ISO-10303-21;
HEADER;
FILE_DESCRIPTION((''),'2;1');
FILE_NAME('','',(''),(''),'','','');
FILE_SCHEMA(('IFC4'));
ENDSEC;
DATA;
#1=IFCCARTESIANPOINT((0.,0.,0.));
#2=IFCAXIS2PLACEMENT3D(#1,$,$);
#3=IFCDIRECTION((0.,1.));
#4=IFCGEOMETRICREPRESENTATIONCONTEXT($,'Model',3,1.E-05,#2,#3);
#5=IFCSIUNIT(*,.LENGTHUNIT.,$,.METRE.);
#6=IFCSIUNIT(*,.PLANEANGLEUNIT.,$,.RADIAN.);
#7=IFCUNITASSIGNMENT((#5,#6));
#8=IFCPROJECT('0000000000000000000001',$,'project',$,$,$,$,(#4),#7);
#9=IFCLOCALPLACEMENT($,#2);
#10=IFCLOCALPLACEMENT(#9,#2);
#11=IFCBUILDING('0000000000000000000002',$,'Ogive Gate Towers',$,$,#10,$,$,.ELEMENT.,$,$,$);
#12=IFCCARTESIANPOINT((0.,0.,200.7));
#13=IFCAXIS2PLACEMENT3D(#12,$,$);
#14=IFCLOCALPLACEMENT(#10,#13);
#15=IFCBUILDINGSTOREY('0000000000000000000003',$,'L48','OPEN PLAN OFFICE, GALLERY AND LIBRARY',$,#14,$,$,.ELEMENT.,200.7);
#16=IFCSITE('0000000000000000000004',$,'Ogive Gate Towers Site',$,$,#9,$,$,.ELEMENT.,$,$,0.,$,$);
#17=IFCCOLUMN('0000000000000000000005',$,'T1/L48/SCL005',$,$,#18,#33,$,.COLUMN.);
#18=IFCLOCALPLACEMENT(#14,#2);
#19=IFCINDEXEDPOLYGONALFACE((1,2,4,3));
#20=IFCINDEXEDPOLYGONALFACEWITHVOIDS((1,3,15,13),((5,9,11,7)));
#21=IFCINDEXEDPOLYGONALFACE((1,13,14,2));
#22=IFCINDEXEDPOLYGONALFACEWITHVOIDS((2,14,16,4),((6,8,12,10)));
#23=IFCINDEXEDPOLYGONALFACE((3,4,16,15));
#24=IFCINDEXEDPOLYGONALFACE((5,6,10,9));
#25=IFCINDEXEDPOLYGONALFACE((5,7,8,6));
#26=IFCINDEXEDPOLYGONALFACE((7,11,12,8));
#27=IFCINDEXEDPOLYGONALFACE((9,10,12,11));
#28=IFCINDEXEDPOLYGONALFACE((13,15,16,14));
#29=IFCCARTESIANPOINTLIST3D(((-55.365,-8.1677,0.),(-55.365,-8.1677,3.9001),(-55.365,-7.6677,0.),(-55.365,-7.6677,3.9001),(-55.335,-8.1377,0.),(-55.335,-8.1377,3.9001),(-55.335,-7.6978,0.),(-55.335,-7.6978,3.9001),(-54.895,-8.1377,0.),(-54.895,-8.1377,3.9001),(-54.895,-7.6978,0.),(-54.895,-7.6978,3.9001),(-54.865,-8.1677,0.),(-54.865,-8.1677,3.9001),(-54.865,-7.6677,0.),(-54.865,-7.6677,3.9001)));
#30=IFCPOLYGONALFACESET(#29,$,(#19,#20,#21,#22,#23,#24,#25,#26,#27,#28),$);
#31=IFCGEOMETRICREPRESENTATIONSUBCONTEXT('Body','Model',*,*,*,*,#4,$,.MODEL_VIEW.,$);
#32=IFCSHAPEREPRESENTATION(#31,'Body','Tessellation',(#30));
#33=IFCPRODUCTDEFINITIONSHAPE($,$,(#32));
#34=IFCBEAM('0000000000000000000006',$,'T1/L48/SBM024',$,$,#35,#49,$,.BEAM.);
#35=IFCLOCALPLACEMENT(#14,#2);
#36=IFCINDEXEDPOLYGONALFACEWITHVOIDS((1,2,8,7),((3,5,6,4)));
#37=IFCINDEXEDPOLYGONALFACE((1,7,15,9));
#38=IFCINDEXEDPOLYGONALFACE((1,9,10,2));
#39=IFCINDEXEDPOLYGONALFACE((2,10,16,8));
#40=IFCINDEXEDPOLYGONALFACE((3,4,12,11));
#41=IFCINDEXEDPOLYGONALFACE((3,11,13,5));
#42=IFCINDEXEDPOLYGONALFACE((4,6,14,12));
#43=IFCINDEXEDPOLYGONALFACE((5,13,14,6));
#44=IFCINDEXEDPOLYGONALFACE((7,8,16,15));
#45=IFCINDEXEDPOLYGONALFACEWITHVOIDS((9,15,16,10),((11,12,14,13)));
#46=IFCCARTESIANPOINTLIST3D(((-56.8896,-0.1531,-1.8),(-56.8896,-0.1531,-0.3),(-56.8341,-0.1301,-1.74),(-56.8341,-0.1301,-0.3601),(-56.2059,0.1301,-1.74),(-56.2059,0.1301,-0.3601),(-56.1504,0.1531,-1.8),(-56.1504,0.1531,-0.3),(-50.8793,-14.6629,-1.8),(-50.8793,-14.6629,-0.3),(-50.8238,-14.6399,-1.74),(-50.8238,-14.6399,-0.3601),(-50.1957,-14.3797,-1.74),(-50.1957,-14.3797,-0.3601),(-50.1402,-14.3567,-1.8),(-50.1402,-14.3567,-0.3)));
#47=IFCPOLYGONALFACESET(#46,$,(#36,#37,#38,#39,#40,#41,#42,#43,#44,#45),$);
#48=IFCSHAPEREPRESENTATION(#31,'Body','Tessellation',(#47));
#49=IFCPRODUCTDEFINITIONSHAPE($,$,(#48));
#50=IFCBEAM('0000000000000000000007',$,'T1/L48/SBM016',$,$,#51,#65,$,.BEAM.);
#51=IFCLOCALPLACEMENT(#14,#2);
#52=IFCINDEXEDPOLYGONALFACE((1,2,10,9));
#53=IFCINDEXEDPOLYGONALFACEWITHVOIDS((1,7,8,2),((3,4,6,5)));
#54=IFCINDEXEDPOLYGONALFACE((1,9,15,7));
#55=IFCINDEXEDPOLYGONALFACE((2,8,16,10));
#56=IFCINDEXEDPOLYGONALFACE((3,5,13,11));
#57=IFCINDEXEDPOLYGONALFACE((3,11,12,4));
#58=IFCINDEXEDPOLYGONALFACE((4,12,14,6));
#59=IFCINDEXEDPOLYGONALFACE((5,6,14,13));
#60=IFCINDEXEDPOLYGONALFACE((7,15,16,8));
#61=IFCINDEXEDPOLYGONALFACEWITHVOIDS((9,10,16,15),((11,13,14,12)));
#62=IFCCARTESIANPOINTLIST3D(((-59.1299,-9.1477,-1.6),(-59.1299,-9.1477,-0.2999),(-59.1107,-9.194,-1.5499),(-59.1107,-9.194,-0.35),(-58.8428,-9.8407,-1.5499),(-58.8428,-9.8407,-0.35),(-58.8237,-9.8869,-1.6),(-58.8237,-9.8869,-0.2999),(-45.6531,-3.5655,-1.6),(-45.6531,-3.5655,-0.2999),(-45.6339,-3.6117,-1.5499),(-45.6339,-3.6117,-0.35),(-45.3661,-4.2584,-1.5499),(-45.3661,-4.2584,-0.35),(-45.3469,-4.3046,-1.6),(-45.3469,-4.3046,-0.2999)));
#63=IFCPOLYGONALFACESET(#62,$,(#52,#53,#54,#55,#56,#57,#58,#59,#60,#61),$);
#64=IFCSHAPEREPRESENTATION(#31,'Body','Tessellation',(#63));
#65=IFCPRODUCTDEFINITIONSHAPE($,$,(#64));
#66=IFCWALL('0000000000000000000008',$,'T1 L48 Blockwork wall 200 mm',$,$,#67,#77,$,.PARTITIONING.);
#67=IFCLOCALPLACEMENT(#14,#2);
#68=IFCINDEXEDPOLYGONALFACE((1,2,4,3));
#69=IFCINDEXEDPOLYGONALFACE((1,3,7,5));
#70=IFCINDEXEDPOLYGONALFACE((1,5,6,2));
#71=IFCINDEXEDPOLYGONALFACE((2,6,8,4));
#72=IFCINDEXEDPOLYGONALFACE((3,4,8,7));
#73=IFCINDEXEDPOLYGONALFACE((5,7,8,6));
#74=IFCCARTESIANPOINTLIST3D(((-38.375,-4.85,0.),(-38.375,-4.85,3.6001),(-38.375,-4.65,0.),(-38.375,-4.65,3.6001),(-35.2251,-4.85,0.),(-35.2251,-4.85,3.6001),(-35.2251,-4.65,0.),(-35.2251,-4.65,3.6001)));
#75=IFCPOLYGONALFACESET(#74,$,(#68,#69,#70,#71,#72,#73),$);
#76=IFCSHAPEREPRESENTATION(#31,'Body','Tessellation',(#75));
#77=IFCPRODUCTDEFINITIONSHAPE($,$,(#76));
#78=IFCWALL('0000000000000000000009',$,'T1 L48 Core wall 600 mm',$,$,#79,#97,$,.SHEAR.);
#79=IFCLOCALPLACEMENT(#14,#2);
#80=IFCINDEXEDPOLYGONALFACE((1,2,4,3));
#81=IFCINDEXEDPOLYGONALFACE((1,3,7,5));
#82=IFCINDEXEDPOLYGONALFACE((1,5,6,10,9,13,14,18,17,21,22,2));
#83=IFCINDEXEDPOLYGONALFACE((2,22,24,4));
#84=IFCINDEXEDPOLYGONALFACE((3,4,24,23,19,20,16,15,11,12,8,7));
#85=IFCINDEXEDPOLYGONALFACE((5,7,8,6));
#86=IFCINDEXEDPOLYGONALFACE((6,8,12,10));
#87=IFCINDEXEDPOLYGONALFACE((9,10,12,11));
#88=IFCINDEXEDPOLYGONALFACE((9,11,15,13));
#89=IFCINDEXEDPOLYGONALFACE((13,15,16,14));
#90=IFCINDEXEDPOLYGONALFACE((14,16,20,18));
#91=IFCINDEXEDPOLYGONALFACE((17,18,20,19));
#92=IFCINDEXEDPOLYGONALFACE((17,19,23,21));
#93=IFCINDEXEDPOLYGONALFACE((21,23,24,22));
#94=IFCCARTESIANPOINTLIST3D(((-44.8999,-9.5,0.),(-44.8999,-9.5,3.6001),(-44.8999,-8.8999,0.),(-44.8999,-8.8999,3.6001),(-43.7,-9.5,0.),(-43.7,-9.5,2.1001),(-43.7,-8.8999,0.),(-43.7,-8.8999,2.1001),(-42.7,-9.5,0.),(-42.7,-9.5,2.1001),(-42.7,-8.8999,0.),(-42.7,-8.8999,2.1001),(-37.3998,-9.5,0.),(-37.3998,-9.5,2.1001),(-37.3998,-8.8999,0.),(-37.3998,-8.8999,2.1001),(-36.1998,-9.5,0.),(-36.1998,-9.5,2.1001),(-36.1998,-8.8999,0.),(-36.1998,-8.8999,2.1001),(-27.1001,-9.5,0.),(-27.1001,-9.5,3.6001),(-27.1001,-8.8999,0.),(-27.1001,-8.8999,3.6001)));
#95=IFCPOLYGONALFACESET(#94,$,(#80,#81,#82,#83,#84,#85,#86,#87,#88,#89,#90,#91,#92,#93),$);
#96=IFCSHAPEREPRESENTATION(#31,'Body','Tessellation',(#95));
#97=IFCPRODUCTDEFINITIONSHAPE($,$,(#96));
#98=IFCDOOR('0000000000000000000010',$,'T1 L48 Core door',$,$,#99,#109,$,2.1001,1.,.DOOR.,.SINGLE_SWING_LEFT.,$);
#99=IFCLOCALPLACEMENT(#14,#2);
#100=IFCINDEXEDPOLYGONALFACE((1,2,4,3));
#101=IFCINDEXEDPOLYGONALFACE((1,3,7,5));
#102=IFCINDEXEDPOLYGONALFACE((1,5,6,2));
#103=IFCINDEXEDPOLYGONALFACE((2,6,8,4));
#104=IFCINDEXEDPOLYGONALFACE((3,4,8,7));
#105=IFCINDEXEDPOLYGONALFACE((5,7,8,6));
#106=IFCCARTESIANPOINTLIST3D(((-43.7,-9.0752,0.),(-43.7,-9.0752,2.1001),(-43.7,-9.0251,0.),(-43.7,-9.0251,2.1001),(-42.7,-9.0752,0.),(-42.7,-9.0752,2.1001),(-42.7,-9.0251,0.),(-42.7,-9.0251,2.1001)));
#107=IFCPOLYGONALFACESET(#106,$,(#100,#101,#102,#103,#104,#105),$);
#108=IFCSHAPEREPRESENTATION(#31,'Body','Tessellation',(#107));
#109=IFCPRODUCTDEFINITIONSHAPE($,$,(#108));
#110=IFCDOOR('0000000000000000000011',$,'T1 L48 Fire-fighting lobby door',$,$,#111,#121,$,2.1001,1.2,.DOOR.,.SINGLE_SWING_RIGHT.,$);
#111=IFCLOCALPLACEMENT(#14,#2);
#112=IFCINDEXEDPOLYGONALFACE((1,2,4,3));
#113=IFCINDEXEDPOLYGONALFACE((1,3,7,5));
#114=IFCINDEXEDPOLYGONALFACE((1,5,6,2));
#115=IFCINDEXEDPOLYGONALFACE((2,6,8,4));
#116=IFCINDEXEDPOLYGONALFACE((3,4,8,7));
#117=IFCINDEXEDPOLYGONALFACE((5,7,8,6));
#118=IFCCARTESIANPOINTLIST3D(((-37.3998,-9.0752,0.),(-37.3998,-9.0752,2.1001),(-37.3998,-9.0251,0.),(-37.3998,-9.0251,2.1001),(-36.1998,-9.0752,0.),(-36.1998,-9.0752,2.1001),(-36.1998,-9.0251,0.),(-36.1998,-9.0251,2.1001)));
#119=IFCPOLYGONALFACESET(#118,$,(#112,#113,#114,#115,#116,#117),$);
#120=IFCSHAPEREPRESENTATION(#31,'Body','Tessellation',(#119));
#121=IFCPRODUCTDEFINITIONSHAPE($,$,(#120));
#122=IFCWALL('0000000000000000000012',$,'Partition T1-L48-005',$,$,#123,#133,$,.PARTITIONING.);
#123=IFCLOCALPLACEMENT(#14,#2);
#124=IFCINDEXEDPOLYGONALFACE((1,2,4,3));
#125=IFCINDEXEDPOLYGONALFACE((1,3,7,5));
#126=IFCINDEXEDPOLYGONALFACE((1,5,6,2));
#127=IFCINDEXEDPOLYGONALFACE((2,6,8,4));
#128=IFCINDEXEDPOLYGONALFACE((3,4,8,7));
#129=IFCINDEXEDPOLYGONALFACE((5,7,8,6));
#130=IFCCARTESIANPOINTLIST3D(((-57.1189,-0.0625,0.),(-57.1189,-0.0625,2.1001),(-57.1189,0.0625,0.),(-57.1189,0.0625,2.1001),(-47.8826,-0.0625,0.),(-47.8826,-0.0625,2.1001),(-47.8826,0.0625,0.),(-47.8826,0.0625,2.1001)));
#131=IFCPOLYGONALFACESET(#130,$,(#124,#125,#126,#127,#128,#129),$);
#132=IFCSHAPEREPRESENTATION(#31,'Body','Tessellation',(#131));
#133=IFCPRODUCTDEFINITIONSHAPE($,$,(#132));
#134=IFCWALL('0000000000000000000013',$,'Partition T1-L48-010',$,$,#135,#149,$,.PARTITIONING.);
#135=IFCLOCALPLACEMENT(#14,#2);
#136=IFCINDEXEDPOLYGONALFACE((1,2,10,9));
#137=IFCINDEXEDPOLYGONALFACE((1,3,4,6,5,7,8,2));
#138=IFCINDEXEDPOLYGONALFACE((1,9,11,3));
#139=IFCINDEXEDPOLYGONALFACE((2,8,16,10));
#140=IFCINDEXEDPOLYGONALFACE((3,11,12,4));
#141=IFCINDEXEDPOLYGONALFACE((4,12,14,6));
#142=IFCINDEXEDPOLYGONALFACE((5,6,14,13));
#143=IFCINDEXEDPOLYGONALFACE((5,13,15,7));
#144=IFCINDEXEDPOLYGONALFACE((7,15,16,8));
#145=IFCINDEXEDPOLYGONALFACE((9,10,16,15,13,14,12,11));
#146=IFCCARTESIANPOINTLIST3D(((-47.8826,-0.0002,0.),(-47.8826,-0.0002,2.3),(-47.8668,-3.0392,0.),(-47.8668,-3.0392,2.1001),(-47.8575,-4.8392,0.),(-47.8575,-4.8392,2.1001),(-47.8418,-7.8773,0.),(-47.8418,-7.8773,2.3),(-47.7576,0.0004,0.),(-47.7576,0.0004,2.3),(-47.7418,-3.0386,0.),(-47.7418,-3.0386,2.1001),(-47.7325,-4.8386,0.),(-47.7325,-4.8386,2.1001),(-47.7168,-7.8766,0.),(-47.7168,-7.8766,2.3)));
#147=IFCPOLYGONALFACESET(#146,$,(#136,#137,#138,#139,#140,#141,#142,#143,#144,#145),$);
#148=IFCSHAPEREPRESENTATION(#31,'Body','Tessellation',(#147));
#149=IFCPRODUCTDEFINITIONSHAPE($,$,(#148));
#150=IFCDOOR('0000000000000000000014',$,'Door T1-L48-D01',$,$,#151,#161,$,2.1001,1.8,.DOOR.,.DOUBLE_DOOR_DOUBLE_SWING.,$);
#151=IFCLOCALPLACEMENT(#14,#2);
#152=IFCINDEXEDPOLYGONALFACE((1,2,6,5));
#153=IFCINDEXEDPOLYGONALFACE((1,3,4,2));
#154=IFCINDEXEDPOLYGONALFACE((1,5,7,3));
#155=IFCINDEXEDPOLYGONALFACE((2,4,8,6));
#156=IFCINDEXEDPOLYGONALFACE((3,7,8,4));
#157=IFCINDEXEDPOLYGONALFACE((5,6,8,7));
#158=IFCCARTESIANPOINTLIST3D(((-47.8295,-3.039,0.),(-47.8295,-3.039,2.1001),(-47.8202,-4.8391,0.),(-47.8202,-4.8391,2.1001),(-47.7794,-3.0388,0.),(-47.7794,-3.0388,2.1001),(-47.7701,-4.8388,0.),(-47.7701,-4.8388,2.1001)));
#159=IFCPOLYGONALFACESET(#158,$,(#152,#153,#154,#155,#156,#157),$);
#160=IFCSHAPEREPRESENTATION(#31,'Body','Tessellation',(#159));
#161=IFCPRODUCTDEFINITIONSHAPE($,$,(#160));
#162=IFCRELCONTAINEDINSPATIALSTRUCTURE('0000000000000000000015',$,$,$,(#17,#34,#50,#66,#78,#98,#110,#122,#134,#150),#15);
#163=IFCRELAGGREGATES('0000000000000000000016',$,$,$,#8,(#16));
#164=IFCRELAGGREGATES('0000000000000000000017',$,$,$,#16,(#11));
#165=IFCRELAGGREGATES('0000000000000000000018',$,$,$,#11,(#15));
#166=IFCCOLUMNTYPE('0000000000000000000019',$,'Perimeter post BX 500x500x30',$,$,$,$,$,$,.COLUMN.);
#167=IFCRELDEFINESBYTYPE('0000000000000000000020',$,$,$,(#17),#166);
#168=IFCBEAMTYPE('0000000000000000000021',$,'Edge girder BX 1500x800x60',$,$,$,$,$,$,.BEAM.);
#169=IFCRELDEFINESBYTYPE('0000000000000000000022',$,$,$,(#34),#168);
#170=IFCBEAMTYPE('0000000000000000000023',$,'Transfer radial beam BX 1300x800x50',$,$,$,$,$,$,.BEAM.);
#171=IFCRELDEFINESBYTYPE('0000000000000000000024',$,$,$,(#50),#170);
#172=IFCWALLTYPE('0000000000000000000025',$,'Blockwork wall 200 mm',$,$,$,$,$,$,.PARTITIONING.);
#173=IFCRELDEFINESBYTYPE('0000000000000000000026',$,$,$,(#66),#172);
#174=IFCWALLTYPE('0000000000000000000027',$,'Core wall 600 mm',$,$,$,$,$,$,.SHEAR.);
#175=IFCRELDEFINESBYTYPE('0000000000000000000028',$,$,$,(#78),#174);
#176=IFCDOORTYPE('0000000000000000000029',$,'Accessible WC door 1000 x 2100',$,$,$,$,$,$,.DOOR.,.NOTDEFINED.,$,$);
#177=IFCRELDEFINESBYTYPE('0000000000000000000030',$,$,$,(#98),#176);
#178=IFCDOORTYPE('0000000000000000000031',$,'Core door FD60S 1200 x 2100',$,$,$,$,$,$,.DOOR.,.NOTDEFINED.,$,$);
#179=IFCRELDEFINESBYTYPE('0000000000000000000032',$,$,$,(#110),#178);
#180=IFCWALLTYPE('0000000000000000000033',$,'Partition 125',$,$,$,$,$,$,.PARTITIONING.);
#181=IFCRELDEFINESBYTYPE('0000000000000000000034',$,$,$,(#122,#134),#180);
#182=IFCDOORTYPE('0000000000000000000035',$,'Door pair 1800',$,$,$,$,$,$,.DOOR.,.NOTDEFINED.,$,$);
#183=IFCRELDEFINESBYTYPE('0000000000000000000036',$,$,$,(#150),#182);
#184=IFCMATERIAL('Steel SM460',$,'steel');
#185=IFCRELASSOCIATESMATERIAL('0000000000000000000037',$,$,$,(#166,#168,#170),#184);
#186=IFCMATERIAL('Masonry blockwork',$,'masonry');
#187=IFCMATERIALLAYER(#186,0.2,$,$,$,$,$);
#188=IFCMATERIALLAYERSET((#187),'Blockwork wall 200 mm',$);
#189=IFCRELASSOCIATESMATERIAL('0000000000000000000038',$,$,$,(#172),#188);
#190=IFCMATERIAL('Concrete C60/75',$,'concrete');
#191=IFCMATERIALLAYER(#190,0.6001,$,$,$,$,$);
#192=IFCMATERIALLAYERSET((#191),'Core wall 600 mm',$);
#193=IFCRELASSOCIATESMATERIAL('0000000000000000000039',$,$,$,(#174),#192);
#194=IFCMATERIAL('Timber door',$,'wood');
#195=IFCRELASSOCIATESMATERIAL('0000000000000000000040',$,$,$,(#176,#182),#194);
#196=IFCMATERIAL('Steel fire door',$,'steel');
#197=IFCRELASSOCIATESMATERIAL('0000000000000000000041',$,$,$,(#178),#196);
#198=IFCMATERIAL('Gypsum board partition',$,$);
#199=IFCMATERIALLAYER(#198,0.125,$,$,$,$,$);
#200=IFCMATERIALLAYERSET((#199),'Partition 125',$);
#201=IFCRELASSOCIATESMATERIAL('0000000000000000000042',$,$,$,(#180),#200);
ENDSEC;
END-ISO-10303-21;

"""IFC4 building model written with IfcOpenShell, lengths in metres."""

from ifc_helpers import new_model, si_unit, direction, frame, frame_2d, origin, origin_2d, place, context, subcontext, project, spatial, rectangle, hollow_rectangle, extrude, material, layer, layer_set, material_profile, profile_set, type_object, element, fill, save


model = new_model("IFC4")

# Units and contexts
model_context = context("Model", 3, precision=1e-05, world=origin(), true_north=direction((0.0, 1.0)))
body_context = subcontext(model_context, "Body", "Model", "MODEL_VIEW")
ifc_project = project(units=[si_unit("LENGTHUNIT", "METRE"), si_unit("PLANEANGLEUNIT", "RADIAN")], contexts=[model_context])

# Site, building, storey
site_placement = place(None, origin())
site = spatial("IfcSite", under=ifc_project, at=site_placement, Name="Ogive Gate Towers Site", CompositionType="ELEMENT", RefElevation=0.0)
building_placement = place(site_placement, origin())
building = spatial("IfcBuilding", under=site, at=building_placement, Name="Ogive Gate Towers", CompositionType="ELEMENT")
storey_placement = place(building_placement, frame((0.0, 0.0, 200.7)))
storey = spatial("IfcBuildingStorey", under=building, at=storey_placement, Name="L48", Description="OPEN PLAN OFFICE, GALLERY AND LIBRARY", CompositionType="ELEMENT", Elevation=200.7)

# Column
ifc_material_1 = material(Name="Steel SM460", Category="steel")
ifc_material_profile_1 = material_profile(ifc_material_1, hollow_rectangle(XDim=0.5, YDim=0.5, WallThickness=0.03, at=origin_2d()), Name="BX 500x500x30")
ifc_profile_set_1 = profile_set([ifc_material_profile_1], Name="Steel SM460")
column_type = type_object("IfcColumnType", Name="Perimeter post BX 500x500x30", PredefinedType="COLUMN", material=ifc_profile_set_1)
column_placement = place(storey_placement, frame((-55.115, -7.9177, 0.0), z_axis=(0.0, 0.0, 1.0), x_axis=(1.0, 0.0, 0.0)))
element("IfcColumn", 1, at=column_placement, inside=storey, type_object=column_type, Name="T1/L48/SCL005", PredefinedType="COLUMN", context=body_context, shape_type="SweptSolid", body=[
    extrude(hollow_rectangle(XDim=0.5, YDim=0.5, WallThickness=0.03, at=origin_2d()), origin(), (0.0, 0.0, 1.0), 3.9001),
])

# Beams
ifc_material_profile_2 = material_profile(ifc_material_1, hollow_rectangle(XDim=0.8, YDim=1.5, WallThickness=0.0601, at=origin_2d()), Name="BX 1500x800x60")
ifc_profile_set_2 = profile_set([ifc_material_profile_2], Name="Steel SM460")
beam_type_1 = type_object("IfcBeamType", Name="Edge girder BX 1500x800x60", PredefinedType="BEAM", material=ifc_profile_set_2)
beam_1_placement = place(storey_placement, frame((-56.52, 0.0, -1.05), z_axis=(0.38269, -0.923877, 0.0), x_axis=(0.923877, 0.38269, 0.0)))
element("IfcBeam", 2, at=beam_1_placement, inside=storey, type_object=beam_type_1, Name="T1/L48/SBM024", PredefinedType="BEAM", context=body_context, shape_type="SweptSolid", body=[
    extrude(hollow_rectangle(XDim=0.8, YDim=1.5, WallThickness=0.0601, at=origin_2d()), origin(), (0.0, 0.0, 1.0), 15.7053),
])
ifc_material_profile_3 = material_profile(ifc_material_1, hollow_rectangle(XDim=0.8, YDim=1.3, WallThickness=0.05, at=origin_2d()), Name="BX 1300x800x50")
ifc_profile_set_3 = profile_set([ifc_material_profile_3], Name="Steel SM460")
beam_type_2 = type_object("IfcBeamType", Name="Transfer radial beam BX 1300x800x50", PredefinedType="BEAM", material=ifc_profile_set_3)
beam_2_placement = place(storey_placement, frame((-45.5, -3.9351, -0.95), z_axis=(-0.92388, -0.382683, 0.0), x_axis=(0.382683, -0.92388, 0.0)))
element("IfcBeam", 3, at=beam_2_placement, inside=storey, type_object=beam_type_2, Name="T1/L48/SBM016", PredefinedType="BEAM", context=body_context, shape_type="SweptSolid", body=[
    extrude(hollow_rectangle(XDim=0.8, YDim=1.3, WallThickness=0.05, at=origin_2d()), origin(), (0.0, 0.0, 1.0), 14.5872),
])

# Wall
ifc_material_2 = material(Name="Masonry blockwork", Category="masonry")
ifc_layer_1 = layer(ifc_material_2, 0.2)
ifc_layer_set_1 = layer_set([ifc_layer_1], Name="Blockwork wall 200 mm")
wall_type_1 = type_object("IfcWallType", Name="Blockwork wall 200 mm", PredefinedType="PARTITIONING", material=ifc_layer_set_1)
wall_1_placement = place(storey_placement, frame((-38.375, -4.75, 0.0), z_axis=(0.0, 0.0, 1.0), x_axis=(1.0, 0.0, 0.0)))
element("IfcWall", 4, at=wall_1_placement, inside=storey, type_object=wall_type_1, Name="T1 L48 Blockwork wall 200 mm", PredefinedType="PARTITIONING", context=body_context, shape_type="SweptSolid", body=[
    extrude(rectangle(XDim=3.1499, YDim=0.2, at=frame_2d((1.575, 0.0))), origin(), (0.0, 0.0, 1.0), 3.6001),
])

# Wall, openings, doors
ifc_material_3 = material(Name="Concrete C60/75", Category="concrete")
ifc_layer_2 = layer(ifc_material_3, 0.6001)
ifc_layer_set_2 = layer_set([ifc_layer_2], Name="Core wall 600 mm")
wall_type_2 = type_object("IfcWallType", Name="Core wall 600 mm", PredefinedType="SHEAR", material=ifc_layer_set_2)
wall_2_placement = place(storey_placement, frame((-44.8999, -9.2, 0.0), z_axis=(0.0, 0.0, 1.0), x_axis=(1.0, 0.0, 0.0)))
wall_2 = element("IfcWall", 5, at=wall_2_placement, inside=storey, type_object=wall_type_2, Name="T1 L48 Core wall 600 mm", PredefinedType="SHEAR", context=body_context, shape_type="SweptSolid", body=[
    extrude(rectangle(XDim=17.7998, YDim=0.6001, at=frame_2d((8.8999, 0.0))), origin(), (0.0, 0.0, 1.0), 3.6001),
])
opening_1_placement = place(wall_2_placement, frame((7.5, 0.0, 0.0)))
opening_1 = element("IfcOpeningElement", 6, at=opening_1_placement, cuts=wall_2, PredefinedType="OPENING", context=body_context, shape_type="SweptSolid", body=[
    extrude(rectangle(XDim=1.2, YDim=2.1001, at=frame_2d((0.6001, 1.05))), frame((0.0, 0.3101, 0.0), z_axis=(0.0, -1.0, 0.0), x_axis=(1.0, 0.0, 0.0)), (0.0, 0.0, 1.0), 0.6201),
])
opening_2_placement = place(wall_2_placement, frame((1.2, 0.0, 0.0)))
opening_2 = element("IfcOpeningElement", 7, at=opening_2_placement, cuts=wall_2, PredefinedType="OPENING", context=body_context, shape_type="SweptSolid", body=[
    extrude(rectangle(XDim=1.0, YDim=2.1001, at=frame_2d((0.5, 1.05))), frame((0.0, 0.3101, 0.0), z_axis=(0.0, -1.0, 0.0), x_axis=(1.0, 0.0, 0.0)), (0.0, 0.0, 1.0), 0.6201),
])
ifc_material_4 = material(Name="Timber door", Category="wood")
door_type_1 = type_object("IfcDoorType", Name="Accessible WC door 1000 x 2100", OperationType="NOTDEFINED", PredefinedType="DOOR", material=ifc_material_4)
door_1_placement = place(opening_2_placement, origin())
door_1 = element("IfcDoor", 8, at=door_1_placement, inside=storey, type_object=door_type_1, Name="T1 L48 Core door", OperationType="SINGLE_SWING_LEFT", OverallHeight=2.1001, OverallWidth=1.0, PredefinedType="DOOR", context=body_context, shape_type="SweptSolid", body=[
    extrude(rectangle(XDim=1.0, YDim=2.1001, at=frame_2d((0.5, 1.05))), frame((0.0, 0.1748, 0.0), z_axis=(0.0, -1.0, 0.0), x_axis=(1.0, 0.0, 0.0)), (0.0, 0.0, 1.0), 0.05),
])
fill(opening_2, door_1)
ifc_material_5 = material(Name="Steel fire door", Category="steel")
door_type_2 = type_object("IfcDoorType", Name="Core door FD60S 1200 x 2100", OperationType="NOTDEFINED", PredefinedType="DOOR", material=ifc_material_5)
door_2_placement = place(opening_1_placement, origin())
door_2 = element("IfcDoor", 9, at=door_2_placement, inside=storey, type_object=door_type_2, Name="T1 L48 Fire-fighting lobby door", OperationType="SINGLE_SWING_RIGHT", OverallHeight=2.1001, OverallWidth=1.2, PredefinedType="DOOR", context=body_context, shape_type="SweptSolid", body=[
    extrude(rectangle(XDim=1.2, YDim=2.1001, at=frame_2d((0.6001, 1.05))), frame((0.0, 0.1748, 0.0), z_axis=(0.0, -1.0, 0.0), x_axis=(1.0, 0.0, 0.0)), (0.0, 0.0, 1.0), 0.05),
])
fill(opening_1, door_2)

# Wall
ifc_material_6 = material(Name="Gypsum board partition")
ifc_layer_3 = layer(ifc_material_6, 0.125)
ifc_layer_set_3 = layer_set([ifc_layer_3], Name="Partition 125")
wall_type_3 = type_object("IfcWallType", Name="Partition 125", PredefinedType="PARTITIONING", material=ifc_layer_set_3)
wall_3_placement = place(storey_placement, frame((-57.1189, 0.0, 0.0), z_axis=(0.0, 0.0, 1.0), x_axis=(1.0, 0.0, 0.0)))
element("IfcWall", 10, at=wall_3_placement, inside=storey, type_object=wall_type_3, Name="Partition T1-L48-005", PredefinedType="PARTITIONING", context=body_context, shape_type="SweptSolid", body=[
    extrude(rectangle(XDim=9.2363, YDim=0.125, at=frame_2d((4.6182, 0.0))), origin(), (0.0, 0.0, 1.0), 2.1001),
])

# Wall, opening, door
wall_4_placement = place(storey_placement, frame((-47.8201, 0.0, 0.0), z_axis=(0.0, 0.0, 1.0), x_axis=(0.005176, -0.999987, 0.0)))
wall_4 = element("IfcWall", 11, at=wall_4_placement, inside=storey, type_object=wall_type_3, Name="Partition T1-L48-010", PredefinedType="PARTITIONING", context=body_context, shape_type="SweptSolid", body=[
    extrude(rectangle(XDim=7.8772, YDim=0.125, at=frame_2d((3.9385, 0.0))), origin(), (0.0, 0.0, 1.0), 2.3),
])
opening_3_placement = place(wall_4_placement, frame((3.0391, 0.0, 0.0)))
opening_3 = element("IfcOpeningElement", 12, at=opening_3_placement, cuts=wall_4, PredefinedType="OPENING", context=body_context, shape_type="SweptSolid", body=[
    extrude(rectangle(XDim=1.8, YDim=2.1001, at=frame_2d((0.8999, 1.05))), frame((0.0, 0.0725, 0.0), z_axis=(0.0, -1.0, 0.0), x_axis=(1.0, 0.0, 0.0)), (0.0, 0.0, 1.0), 0.145),
])
door_type_3 = type_object("IfcDoorType", Name="Door pair 1800", OperationType="NOTDEFINED", PredefinedType="DOOR", material=ifc_material_4)
door_3_placement = place(opening_3_placement, origin())
door_3 = element("IfcDoor", 13, at=door_3_placement, inside=storey, type_object=door_type_3, Name="Door T1-L48-D01", OperationType="DOUBLE_DOOR_DOUBLE_SWING", OverallHeight=2.1001, OverallWidth=1.8, PredefinedType="DOOR", context=body_context, shape_type="SweptSolid", body=[
    extrude(rectangle(XDim=1.8, YDim=2.1001, at=frame_2d((0.8999, 1.05))), frame((0.0, 0.0249, 0.0), z_axis=(0.0, -1.0, 0.0), x_axis=(1.0, 0.0, 0.0)), (0.0, 0.0, 1.0), 0.05),
])
fill(opening_3, door_3)

save(model, "model.ifc")
